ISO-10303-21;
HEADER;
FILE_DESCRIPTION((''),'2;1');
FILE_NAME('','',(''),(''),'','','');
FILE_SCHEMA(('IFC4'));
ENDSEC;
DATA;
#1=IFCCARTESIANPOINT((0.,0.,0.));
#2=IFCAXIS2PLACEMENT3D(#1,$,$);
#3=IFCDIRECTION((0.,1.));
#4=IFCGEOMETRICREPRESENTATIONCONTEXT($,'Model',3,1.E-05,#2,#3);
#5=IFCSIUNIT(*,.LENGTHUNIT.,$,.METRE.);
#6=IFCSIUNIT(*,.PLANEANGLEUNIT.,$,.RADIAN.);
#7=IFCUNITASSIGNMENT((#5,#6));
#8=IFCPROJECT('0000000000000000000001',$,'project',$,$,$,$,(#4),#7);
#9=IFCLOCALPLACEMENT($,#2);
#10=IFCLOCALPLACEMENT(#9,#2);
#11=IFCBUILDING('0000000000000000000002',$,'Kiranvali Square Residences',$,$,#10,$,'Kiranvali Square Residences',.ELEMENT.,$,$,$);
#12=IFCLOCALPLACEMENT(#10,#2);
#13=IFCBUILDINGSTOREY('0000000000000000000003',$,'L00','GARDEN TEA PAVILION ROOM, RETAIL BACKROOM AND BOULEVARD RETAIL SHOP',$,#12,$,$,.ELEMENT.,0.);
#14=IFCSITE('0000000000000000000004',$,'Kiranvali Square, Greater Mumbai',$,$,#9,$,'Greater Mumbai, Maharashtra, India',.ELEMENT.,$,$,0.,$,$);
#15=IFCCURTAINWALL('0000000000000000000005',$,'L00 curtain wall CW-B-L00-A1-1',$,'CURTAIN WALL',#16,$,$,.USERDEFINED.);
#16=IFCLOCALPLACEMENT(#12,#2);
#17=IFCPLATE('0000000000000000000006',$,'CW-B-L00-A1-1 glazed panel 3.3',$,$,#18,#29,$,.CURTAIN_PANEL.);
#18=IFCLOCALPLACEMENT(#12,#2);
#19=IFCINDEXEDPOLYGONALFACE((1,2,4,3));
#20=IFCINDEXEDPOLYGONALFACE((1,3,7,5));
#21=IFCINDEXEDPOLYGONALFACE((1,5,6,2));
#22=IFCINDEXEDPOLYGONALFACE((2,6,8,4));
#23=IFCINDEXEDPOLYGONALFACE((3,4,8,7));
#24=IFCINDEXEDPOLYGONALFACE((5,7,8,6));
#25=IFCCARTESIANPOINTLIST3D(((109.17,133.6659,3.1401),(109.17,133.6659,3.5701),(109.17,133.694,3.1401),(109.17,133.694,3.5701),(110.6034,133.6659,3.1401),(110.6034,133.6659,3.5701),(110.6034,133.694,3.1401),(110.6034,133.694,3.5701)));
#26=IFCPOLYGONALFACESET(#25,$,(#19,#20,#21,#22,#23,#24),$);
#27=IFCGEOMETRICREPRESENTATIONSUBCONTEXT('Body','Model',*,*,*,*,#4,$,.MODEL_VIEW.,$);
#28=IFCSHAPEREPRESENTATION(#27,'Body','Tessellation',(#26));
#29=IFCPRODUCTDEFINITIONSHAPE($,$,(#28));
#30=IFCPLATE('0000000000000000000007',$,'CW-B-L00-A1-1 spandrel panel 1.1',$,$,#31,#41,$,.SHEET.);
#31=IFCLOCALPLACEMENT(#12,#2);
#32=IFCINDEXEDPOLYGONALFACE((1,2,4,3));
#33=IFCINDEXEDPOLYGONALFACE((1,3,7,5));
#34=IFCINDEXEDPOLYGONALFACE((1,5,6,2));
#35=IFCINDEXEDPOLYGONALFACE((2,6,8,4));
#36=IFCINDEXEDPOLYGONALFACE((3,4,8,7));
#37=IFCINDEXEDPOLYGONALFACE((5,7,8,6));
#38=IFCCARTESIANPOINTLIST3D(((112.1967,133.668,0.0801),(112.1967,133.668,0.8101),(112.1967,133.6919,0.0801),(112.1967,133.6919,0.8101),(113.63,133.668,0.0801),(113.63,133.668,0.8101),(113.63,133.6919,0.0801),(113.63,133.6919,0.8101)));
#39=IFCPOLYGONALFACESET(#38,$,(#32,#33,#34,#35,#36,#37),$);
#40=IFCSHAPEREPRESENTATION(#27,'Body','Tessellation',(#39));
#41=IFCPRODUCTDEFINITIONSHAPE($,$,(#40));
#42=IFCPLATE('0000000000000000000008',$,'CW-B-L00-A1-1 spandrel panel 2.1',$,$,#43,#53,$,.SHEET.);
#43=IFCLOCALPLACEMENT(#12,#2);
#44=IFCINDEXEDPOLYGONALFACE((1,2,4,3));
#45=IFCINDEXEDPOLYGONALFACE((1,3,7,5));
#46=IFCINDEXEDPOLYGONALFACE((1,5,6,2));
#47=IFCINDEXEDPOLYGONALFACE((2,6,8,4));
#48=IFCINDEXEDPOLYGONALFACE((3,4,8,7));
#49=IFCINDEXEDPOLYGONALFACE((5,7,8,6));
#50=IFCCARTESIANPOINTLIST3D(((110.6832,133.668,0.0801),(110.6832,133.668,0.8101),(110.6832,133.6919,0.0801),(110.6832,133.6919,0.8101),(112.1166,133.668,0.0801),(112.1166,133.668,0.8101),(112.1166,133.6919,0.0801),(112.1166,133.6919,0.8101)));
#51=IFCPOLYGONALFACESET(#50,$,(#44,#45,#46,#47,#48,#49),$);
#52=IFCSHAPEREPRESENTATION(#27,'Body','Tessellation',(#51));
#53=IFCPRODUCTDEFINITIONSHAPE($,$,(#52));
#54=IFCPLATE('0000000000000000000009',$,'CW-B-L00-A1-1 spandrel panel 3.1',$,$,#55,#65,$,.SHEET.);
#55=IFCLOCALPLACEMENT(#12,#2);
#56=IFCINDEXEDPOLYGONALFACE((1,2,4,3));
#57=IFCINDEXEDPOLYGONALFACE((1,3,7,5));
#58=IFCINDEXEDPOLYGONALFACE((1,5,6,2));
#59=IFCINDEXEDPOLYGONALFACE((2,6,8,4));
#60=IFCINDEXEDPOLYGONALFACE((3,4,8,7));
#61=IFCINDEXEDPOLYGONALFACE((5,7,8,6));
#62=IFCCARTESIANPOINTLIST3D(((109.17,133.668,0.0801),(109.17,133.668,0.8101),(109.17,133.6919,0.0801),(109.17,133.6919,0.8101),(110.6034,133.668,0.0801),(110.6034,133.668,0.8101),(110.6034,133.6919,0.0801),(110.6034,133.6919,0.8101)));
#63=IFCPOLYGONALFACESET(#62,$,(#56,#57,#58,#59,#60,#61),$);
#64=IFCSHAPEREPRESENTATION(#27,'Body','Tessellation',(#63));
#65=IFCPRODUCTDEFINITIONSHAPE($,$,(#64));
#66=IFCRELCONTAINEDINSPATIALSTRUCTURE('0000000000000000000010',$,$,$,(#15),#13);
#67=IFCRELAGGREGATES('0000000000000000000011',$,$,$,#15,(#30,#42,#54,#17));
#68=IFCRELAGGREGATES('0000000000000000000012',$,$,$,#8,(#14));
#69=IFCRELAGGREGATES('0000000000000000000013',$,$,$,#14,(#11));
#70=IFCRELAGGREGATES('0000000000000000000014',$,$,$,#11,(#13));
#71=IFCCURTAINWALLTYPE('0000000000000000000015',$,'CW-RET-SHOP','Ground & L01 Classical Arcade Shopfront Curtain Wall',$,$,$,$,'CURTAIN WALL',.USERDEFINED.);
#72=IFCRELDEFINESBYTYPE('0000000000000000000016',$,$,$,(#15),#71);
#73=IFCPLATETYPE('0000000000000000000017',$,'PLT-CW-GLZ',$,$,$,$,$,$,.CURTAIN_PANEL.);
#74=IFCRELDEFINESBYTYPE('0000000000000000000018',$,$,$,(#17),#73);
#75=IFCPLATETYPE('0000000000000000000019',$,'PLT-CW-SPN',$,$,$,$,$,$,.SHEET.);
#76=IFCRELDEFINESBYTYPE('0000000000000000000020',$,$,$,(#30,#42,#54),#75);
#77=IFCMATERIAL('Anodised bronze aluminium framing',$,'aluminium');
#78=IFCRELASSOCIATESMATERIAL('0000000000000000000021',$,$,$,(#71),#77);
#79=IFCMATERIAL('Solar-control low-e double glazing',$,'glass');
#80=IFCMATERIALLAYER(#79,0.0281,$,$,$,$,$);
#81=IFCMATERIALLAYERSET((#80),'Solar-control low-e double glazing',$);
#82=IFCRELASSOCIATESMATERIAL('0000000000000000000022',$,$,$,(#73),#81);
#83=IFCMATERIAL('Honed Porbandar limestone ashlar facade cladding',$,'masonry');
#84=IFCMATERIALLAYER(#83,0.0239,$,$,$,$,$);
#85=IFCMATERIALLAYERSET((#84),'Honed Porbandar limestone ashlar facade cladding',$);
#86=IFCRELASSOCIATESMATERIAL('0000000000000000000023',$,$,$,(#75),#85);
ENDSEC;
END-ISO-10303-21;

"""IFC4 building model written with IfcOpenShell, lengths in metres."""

from ifc_helpers import new_model, si_unit, direction, frame, origin, origin_2d, place, context, subcontext, project, spatial, rectangle, extrude, material, layer, layer_set, type_object, element, aggregate, save


model = new_model("IFC4")

# Units and contexts
model_context = context("Model", 3, precision=1e-05, world=origin(), true_north=direction((0.0, 1.0)))
body_context = subcontext(model_context, "Body", "Model", "MODEL_VIEW")
ifc_project = project(units=[si_unit("LENGTHUNIT", "METRE"), si_unit("PLANEANGLEUNIT", "RADIAN")], contexts=[model_context])

# Site, building, storey
site_placement = place(None, origin())
site = spatial("IfcSite", under=ifc_project, at=site_placement, Name="Kiranvali Square, Greater Mumbai", LongName="Greater Mumbai, Maharashtra, India", CompositionType="ELEMENT", RefElevation=0.0)
building_placement = place(site_placement, origin())
building = spatial("IfcBuilding", under=site, at=building_placement, Name="Kiranvali Square Residences", LongName="Kiranvali Square Residences", CompositionType="ELEMENT")
storey_placement = place(building_placement, origin())
storey = spatial("IfcBuildingStorey", under=building, at=storey_placement, Name="L00", Description="GARDEN TEA PAVILION ROOM, RETAIL BACKROOM AND BOULEVARD RETAIL SHOP", CompositionType="ELEMENT", Elevation=0.0)

# Curtain wall
ifc_material_1 = material(Name="Anodised bronze aluminium framing", Category="aluminium")
curtain_wall_type = type_object("IfcCurtainWallType", Name="CW-RET-SHOP", Description="Ground & L01 Classical Arcade Shopfront Curtain Wall", ElementType="CURTAIN WALL", PredefinedType="USERDEFINED", material=ifc_material_1)
curtain_wall_placement = place(storey_placement, origin())
curtain_wall = element("IfcCurtainWall", 1, at=curtain_wall_placement, inside=storey, type_object=curtain_wall_type, Name="L00 curtain wall CW-B-L00-A1-1", ObjectType="CURTAIN WALL", PredefinedType="USERDEFINED")

# Plates
ifc_material_2 = material(Name="Solar-control low-e double glazing", Category="glass")
ifc_layer_1 = layer(ifc_material_2, 0.0281)
ifc_layer_set_1 = layer_set([ifc_layer_1], Name="Solar-control low-e double glazing")
plate_type_1 = type_object("IfcPlateType", Name="PLT-CW-GLZ", PredefinedType="CURTAIN_PANEL", material=ifc_layer_set_1)
plate_1_placement = place(storey_placement, frame((109.8867, 133.6799, 3.1401), z_axis=(0.0, 0.0, 1.0), x_axis=(-1.0, 0.0, 0.0)))
plate_1 = element("IfcPlate", 2, at=plate_1_placement, type_object=plate_type_1, Name="CW-B-L00-A1-1 glazed panel 3.3", PredefinedType="CURTAIN_PANEL", context=body_context, shape_type="SweptSolid", body=[
    extrude(rectangle(XDim=1.4333, YDim=0.0281, at=origin_2d()), origin(), (0.0, 0.0, 1.0), 0.4299),
])
ifc_material_3 = material(Name="Honed Porbandar limestone ashlar facade cladding", Category="masonry")
ifc_layer_2 = layer(ifc_material_3, 0.0239)
ifc_layer_set_2 = layer_set([ifc_layer_2], Name="Honed Porbandar limestone ashlar facade cladding")
plate_type_2 = type_object("IfcPlateType", Name="PLT-CW-SPN", PredefinedType="SHEET", material=ifc_layer_set_2)
plate_2_placement = place(storey_placement, frame((112.9133, 133.6799, 0.0801), z_axis=(0.0, 0.0, 1.0), x_axis=(-1.0, 0.0, 0.0)))
plate_2 = element("IfcPlate", 3, at=plate_2_placement, type_object=plate_type_2, Name="CW-B-L00-A1-1 spandrel panel 1.1", PredefinedType="SHEET", context=body_context, shape_type="SweptSolid", body=[
    extrude(rectangle(XDim=1.4333, YDim=0.0239, at=origin_2d()), origin(), (0.0, 0.0, 1.0), 0.73),
])
plate_3_placement = place(storey_placement, frame((111.3999, 133.6799, 0.0801), z_axis=(0.0, 0.0, 1.0), x_axis=(-1.0, 0.0, 0.0)))
plate_3 = element("IfcPlate", 4, at=plate_3_placement, type_object=plate_type_2, Name="CW-B-L00-A1-1 spandrel panel 2.1", PredefinedType="SHEET", context=body_context, shape_type="SweptSolid", body=[
    extrude(rectangle(XDim=1.4333, YDim=0.0239, at=origin_2d()), origin(), (0.0, 0.0, 1.0), 0.73),
])
plate_4_placement = place(storey_placement, frame((109.8867, 133.6799, 0.0801), z_axis=(0.0, 0.0, 1.0), x_axis=(-1.0, 0.0, 0.0)))
plate_4 = element("IfcPlate", 5, at=plate_4_placement, type_object=plate_type_2, Name="CW-B-L00-A1-1 spandrel panel 3.1", PredefinedType="SHEET", context=body_context, shape_type="SweptSolid", body=[
    extrude(rectangle(XDim=1.4333, YDim=0.0239, at=origin_2d()), origin(), (0.0, 0.0, 1.0), 0.73),
])
aggregate(curtain_wall, [plate_2, plate_3, plate_4, plate_1])

save(model, "model.ifc")
